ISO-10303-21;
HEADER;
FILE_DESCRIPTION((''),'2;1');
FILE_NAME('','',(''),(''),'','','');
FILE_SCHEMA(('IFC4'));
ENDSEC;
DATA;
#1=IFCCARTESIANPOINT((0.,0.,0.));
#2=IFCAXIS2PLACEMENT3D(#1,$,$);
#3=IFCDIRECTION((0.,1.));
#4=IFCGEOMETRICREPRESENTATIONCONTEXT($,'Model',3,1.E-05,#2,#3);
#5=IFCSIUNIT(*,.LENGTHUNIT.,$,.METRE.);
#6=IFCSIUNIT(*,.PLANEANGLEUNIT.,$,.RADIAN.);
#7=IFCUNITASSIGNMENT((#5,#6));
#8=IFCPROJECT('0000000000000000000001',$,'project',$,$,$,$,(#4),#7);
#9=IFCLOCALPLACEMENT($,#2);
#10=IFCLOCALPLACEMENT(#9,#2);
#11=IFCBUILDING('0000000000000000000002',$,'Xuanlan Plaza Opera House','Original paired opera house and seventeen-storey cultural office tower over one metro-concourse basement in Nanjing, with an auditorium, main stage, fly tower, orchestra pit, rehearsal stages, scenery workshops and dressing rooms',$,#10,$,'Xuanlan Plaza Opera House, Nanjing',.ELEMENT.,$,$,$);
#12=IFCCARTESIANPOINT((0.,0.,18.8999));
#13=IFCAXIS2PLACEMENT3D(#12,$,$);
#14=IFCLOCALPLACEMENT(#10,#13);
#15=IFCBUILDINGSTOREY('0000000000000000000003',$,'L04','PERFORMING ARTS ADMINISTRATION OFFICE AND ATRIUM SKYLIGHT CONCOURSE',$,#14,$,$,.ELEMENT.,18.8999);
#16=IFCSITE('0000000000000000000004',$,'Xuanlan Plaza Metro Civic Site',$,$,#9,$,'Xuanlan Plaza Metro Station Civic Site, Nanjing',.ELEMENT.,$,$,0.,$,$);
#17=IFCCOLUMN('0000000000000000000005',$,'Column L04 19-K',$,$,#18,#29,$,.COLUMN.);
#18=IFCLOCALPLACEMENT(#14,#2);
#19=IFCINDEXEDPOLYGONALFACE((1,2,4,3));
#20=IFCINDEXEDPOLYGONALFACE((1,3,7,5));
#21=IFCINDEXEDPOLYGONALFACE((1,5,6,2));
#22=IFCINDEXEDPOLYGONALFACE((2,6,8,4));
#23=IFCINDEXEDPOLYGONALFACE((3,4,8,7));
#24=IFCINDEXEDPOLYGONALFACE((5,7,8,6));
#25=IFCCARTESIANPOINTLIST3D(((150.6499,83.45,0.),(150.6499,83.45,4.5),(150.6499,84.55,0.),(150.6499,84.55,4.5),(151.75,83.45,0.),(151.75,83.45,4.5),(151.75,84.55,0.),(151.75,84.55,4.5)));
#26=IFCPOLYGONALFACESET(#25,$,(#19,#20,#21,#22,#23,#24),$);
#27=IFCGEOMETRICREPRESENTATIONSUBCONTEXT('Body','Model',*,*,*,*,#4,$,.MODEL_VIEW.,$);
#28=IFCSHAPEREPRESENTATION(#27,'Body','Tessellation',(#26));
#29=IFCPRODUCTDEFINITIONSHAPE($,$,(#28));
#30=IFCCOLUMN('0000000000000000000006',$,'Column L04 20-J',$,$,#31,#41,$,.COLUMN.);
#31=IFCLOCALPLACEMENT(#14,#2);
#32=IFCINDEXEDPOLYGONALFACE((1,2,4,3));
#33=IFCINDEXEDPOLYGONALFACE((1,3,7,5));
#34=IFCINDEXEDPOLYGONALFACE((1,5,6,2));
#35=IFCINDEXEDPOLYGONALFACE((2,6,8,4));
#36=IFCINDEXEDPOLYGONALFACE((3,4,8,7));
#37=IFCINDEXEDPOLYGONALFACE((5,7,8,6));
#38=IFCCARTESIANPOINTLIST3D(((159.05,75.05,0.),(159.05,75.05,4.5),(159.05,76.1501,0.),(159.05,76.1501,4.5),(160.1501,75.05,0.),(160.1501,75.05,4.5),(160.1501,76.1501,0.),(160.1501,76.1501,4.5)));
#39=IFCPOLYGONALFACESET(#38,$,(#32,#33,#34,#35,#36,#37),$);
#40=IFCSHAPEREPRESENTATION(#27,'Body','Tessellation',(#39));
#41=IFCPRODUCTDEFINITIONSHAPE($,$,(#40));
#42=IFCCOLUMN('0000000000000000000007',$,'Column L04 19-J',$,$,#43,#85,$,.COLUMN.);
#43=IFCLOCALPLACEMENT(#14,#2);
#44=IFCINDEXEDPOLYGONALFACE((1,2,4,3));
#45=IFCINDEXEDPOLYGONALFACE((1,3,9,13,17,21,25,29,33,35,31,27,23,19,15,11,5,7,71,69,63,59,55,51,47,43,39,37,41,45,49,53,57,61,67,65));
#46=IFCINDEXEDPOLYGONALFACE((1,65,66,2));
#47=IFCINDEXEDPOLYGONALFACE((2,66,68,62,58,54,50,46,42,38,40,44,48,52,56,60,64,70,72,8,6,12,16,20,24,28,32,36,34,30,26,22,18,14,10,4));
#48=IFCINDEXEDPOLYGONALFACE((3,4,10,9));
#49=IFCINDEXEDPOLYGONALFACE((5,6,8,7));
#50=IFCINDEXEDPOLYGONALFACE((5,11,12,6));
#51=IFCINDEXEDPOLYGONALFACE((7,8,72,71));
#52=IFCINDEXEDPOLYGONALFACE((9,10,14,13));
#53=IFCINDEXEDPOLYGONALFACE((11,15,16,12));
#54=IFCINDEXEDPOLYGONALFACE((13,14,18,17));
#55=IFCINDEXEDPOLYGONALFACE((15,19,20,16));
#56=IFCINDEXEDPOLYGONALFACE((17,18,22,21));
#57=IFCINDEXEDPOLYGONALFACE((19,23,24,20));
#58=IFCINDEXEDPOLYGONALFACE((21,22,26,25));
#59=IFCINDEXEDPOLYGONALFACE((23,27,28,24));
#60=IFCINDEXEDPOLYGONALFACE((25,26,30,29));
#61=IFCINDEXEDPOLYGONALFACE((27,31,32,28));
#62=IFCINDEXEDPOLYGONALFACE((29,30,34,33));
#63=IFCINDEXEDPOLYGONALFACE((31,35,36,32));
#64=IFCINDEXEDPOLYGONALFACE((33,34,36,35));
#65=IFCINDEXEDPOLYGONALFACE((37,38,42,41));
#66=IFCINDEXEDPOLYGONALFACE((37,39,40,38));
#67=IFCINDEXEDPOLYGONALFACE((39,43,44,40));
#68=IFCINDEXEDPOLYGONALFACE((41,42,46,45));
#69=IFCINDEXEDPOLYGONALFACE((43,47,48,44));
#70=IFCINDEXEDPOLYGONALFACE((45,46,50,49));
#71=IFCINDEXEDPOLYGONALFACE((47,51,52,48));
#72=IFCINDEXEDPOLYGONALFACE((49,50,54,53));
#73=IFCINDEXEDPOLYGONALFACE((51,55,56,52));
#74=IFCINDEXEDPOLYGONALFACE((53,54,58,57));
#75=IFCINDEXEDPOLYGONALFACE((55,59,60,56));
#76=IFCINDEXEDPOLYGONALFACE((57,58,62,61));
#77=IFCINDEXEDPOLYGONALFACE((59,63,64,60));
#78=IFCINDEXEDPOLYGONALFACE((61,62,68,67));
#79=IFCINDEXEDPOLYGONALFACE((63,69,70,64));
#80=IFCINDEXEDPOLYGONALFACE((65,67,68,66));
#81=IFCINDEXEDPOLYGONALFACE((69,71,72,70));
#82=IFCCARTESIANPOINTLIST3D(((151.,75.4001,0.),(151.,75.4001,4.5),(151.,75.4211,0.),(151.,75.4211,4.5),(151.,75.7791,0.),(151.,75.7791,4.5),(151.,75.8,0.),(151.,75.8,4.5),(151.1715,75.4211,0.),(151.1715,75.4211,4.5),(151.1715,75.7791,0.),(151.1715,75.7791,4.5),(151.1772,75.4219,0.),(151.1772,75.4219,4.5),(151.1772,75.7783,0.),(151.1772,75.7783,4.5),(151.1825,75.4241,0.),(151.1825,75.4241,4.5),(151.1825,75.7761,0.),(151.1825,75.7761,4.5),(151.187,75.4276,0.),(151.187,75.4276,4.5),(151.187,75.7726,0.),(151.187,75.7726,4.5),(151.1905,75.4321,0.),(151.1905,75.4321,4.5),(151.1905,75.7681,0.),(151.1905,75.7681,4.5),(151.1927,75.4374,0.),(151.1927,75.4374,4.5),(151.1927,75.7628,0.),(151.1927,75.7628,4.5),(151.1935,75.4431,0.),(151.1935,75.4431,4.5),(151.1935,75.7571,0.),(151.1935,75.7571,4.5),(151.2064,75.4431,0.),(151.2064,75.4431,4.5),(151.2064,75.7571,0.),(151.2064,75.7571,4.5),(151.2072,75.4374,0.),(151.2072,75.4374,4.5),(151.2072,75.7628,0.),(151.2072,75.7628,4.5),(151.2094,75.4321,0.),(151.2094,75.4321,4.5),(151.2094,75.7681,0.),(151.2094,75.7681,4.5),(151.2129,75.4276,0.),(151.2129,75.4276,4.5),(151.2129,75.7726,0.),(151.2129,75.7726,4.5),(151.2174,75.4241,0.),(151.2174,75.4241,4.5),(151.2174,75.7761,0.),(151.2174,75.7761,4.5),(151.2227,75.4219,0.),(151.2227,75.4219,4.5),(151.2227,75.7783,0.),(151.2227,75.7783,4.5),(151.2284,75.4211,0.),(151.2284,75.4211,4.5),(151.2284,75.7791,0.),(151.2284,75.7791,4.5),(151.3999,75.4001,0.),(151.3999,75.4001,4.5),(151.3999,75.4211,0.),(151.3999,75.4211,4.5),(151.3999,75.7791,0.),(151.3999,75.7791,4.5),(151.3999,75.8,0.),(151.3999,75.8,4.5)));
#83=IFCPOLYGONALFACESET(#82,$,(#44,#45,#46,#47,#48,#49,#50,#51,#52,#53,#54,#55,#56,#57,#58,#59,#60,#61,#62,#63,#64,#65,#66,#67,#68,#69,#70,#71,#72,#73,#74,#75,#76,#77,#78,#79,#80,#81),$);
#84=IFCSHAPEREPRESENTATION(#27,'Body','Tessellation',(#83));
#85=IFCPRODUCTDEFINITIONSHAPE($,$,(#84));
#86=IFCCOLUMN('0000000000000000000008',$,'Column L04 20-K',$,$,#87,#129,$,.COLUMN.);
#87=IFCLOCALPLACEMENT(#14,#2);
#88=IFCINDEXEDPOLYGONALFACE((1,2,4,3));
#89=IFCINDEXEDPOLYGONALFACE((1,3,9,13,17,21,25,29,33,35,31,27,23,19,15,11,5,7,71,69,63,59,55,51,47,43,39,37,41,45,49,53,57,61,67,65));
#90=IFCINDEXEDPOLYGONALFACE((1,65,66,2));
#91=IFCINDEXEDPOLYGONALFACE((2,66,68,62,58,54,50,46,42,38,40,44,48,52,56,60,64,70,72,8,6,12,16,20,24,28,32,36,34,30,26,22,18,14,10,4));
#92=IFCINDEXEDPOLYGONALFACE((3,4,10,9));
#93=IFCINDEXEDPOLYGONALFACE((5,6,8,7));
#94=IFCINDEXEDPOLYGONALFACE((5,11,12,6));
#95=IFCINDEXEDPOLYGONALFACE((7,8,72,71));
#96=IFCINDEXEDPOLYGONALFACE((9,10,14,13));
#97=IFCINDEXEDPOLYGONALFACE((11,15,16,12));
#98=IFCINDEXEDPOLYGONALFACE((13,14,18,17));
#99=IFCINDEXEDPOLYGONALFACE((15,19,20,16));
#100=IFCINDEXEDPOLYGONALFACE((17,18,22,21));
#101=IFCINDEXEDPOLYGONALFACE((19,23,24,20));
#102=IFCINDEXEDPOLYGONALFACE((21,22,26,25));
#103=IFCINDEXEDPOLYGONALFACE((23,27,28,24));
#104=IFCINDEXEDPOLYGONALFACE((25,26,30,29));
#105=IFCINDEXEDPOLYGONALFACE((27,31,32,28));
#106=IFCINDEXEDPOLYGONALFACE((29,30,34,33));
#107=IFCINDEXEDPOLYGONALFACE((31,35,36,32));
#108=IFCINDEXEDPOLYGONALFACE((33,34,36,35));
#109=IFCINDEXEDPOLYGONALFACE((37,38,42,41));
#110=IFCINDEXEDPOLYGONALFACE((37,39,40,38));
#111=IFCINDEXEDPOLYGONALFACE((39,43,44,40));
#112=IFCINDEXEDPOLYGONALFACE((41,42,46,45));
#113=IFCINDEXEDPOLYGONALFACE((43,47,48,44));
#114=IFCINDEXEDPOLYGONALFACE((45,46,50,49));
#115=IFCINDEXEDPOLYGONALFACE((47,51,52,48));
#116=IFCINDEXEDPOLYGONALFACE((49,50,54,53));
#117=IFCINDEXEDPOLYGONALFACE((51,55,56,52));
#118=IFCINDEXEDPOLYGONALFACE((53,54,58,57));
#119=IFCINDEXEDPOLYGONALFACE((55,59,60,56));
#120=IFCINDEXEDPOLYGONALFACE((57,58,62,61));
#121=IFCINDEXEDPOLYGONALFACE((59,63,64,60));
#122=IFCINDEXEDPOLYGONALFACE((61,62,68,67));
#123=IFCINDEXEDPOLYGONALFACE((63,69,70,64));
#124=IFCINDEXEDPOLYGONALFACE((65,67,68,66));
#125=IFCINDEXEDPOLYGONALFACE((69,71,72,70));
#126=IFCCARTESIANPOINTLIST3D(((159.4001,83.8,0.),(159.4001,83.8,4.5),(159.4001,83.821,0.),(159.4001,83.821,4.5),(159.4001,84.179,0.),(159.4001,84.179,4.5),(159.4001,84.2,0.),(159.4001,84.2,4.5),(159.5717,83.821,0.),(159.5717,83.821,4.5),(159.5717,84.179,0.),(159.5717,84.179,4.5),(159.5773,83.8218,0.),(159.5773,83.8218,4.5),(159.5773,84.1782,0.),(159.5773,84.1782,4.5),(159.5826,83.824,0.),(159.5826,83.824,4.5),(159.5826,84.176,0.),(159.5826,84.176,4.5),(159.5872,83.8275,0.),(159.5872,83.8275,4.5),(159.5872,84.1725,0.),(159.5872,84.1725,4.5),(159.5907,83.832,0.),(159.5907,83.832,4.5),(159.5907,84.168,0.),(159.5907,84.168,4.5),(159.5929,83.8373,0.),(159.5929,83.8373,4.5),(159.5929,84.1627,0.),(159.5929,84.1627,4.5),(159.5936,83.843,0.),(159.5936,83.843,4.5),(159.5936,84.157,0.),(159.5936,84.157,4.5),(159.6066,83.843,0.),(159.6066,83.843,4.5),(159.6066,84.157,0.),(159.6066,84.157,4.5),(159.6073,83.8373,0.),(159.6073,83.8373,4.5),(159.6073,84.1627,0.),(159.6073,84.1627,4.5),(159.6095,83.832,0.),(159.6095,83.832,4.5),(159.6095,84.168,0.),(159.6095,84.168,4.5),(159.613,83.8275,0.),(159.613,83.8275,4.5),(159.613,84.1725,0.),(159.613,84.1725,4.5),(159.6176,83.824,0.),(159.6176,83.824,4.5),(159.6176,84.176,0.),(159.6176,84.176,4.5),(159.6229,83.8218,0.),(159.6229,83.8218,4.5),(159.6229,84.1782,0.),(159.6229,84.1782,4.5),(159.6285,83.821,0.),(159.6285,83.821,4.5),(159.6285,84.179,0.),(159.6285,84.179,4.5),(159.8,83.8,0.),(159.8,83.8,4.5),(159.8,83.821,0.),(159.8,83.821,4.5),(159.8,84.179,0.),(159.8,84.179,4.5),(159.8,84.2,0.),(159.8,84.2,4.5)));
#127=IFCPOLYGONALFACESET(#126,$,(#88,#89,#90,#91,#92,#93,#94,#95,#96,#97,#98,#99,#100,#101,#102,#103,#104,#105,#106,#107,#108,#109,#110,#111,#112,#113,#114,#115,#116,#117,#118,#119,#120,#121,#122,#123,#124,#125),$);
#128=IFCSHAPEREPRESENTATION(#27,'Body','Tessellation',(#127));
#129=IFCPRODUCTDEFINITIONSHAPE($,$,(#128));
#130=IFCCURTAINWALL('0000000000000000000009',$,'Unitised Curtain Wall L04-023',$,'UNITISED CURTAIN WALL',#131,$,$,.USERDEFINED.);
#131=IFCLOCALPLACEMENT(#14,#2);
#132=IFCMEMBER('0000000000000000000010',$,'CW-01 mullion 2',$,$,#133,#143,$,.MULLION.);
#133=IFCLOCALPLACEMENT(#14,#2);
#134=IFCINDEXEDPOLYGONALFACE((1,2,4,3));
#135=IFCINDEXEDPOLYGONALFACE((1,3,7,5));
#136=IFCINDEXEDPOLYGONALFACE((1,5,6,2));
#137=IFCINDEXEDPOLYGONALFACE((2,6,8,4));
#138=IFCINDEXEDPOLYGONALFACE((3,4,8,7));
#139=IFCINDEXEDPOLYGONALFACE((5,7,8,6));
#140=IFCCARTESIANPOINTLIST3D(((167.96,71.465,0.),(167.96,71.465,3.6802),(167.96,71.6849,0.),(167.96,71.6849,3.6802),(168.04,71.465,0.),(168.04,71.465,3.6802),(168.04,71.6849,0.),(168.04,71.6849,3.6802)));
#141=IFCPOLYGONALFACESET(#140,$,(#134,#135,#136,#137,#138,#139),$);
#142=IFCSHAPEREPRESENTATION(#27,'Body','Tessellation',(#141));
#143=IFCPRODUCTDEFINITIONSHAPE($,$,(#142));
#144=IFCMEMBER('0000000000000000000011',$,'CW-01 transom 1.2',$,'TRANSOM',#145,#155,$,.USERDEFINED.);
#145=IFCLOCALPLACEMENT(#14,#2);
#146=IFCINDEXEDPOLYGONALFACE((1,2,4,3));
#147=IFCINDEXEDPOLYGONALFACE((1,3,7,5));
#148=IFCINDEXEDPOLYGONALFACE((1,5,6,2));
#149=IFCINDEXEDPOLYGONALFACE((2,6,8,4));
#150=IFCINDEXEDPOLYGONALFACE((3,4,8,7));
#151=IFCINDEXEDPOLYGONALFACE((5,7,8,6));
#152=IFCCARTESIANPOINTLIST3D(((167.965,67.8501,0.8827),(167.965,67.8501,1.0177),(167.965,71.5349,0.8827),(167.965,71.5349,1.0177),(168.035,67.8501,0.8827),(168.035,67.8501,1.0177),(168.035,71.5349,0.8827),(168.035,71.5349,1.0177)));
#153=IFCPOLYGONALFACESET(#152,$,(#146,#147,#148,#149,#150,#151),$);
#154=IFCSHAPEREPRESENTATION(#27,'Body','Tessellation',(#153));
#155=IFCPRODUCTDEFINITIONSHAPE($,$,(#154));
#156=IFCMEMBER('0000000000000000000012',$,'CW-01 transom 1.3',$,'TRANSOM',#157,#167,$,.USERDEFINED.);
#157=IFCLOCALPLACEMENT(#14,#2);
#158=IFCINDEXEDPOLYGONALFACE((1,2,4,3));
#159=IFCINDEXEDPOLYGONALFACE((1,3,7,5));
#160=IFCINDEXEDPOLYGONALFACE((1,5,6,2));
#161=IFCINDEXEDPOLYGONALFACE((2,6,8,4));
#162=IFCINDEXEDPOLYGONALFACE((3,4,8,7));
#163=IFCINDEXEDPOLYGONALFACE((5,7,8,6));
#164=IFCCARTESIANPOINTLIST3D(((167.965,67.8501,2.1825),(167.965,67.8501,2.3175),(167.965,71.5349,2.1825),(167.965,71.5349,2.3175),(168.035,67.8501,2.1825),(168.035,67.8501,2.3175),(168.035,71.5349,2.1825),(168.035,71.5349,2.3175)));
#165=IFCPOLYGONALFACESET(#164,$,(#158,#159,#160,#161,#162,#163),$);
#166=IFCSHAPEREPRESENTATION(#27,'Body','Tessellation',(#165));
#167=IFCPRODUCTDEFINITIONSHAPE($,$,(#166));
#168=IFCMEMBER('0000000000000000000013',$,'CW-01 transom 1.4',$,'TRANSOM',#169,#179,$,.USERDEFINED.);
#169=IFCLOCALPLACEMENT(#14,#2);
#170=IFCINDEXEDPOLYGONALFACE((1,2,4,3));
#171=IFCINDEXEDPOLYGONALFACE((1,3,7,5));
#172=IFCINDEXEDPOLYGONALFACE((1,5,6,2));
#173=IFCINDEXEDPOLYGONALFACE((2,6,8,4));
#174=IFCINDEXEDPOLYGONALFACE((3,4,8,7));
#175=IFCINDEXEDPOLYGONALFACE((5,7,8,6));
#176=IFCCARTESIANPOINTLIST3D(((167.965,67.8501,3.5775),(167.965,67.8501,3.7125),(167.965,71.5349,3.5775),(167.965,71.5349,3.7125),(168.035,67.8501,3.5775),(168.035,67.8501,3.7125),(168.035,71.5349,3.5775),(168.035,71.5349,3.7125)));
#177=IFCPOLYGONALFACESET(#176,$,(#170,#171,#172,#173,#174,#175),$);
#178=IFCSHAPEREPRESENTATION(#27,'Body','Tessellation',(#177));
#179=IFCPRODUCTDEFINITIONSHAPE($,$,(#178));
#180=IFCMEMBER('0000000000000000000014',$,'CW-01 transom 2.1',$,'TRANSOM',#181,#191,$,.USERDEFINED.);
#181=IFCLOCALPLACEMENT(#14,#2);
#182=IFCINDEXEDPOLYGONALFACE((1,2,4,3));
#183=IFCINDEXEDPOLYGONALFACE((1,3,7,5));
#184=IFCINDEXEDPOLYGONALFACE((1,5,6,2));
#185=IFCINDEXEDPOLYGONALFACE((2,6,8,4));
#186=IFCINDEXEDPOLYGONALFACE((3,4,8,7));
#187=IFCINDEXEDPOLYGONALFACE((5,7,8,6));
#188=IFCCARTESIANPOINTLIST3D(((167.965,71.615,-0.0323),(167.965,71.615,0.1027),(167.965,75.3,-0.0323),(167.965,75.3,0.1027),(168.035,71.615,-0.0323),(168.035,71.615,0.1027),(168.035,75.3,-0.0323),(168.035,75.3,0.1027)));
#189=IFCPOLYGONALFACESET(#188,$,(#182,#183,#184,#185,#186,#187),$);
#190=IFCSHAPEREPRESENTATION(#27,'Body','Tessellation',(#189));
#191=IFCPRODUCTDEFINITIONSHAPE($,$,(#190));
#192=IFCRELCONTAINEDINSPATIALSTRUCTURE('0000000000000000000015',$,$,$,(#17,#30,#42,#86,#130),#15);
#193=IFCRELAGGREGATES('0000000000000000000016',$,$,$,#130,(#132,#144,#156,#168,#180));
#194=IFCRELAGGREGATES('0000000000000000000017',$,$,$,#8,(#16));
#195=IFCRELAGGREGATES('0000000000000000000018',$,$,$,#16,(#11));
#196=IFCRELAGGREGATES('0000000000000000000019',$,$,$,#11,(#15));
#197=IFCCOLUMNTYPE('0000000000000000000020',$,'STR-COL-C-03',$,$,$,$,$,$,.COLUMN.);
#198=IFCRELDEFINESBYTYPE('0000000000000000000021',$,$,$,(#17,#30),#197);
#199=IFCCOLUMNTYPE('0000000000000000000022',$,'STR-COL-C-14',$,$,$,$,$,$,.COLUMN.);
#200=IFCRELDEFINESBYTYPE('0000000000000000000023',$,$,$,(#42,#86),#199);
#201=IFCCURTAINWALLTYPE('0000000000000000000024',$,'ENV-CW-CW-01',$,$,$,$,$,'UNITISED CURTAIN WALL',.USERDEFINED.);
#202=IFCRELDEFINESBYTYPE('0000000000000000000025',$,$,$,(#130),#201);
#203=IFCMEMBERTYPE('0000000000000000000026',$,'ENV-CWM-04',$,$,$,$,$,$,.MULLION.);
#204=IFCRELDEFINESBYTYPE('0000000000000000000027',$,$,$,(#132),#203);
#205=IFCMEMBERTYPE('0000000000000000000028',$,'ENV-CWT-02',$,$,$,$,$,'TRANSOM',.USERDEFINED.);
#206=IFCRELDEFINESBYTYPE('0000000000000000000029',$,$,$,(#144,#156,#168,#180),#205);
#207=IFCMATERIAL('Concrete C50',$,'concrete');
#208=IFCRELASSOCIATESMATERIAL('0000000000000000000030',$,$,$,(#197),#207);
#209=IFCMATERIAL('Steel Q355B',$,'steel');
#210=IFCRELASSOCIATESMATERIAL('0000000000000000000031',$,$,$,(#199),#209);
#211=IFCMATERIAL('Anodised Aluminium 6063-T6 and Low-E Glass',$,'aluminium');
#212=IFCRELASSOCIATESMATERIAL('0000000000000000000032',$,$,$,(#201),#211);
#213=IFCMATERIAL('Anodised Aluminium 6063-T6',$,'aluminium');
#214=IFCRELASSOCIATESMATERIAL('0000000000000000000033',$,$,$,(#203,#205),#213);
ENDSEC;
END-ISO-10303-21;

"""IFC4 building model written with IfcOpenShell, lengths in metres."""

from ifc_helpers import new_model, si_unit, direction, frame, origin, origin_2d, place, context, subcontext, project, spatial, rectangle, i_section, extrude, material, material_profile, profile_set, type_object, element, aggregate, save


model = new_model("IFC4")

# Units and contexts
model_context = context("Model", 3, precision=1e-05, world=origin(), true_north=direction((0.0, 1.0)))
body_context = subcontext(model_context, "Body", "Model", "MODEL_VIEW")
ifc_project = project(units=[si_unit("LENGTHUNIT", "METRE"), si_unit("PLANEANGLEUNIT", "RADIAN")], contexts=[model_context])

# Site, building, storey
site_placement = place(None, origin())
site = spatial("IfcSite", under=ifc_project, at=site_placement, Name="Xuanlan Plaza Metro Civic Site", LongName="Xuanlan Plaza Metro Station Civic Site, Nanjing", CompositionType="ELEMENT", RefElevation=0.0)
building_placement = place(site_placement, origin())
building = spatial("IfcBuilding", under=site, at=building_placement, Name="Xuanlan Plaza Opera House", Description="Original paired opera house and seventeen-storey cultural office tower over one metro-concourse basement in Nanjing, with an auditorium, main stage, fly tower, orchestra pit, rehearsal stages, scenery workshops and dressing rooms", LongName="Xuanlan Plaza Opera House, Nanjing", CompositionType="ELEMENT")
storey_placement = place(building_placement, frame((0.0, 0.0, 18.8999)))
storey = spatial("IfcBuildingStorey", under=building, at=storey_placement, Name="L04", Description="PERFORMING ARTS ADMINISTRATION OFFICE AND ATRIUM SKYLIGHT CONCOURSE", CompositionType="ELEMENT", Elevation=18.8999)

# Columns
ifc_material_1 = material(Name="Concrete C50", Category="concrete")
ifc_material_profile_1 = material_profile(ifc_material_1, rectangle(XDim=1.1001, YDim=1.1001, at=origin_2d()), Name="RC-COL 1100x1100")
ifc_profile_set_1 = profile_set([ifc_material_profile_1], Name="Concrete C50")
column_type_1 = type_object("IfcColumnType", Name="STR-COL-C-03", PredefinedType="COLUMN", material=ifc_profile_set_1)
for number, where, z_axis, x_axis, name in (
    (1, (151.2, 84.0, 0.0), (0.0, 0.0, 1.0), (1.0, 0.0, 0.0), "Column L04 19-K"),
    (2, (159.6001, 75.6001, 0.0), (0.0, 0.0, 1.0), (1.0, 0.0, 0.0), "Column L04 20-J"),
):
    element("IfcColumn", number, at=place(storey_placement, frame(where, z_axis=z_axis, x_axis=x_axis)), inside=storey, type_object=column_type_1, Name=name, PredefinedType="COLUMN", context=body_context, shape_type="SweptSolid", body=[
        extrude(rectangle(XDim=1.1001, YDim=1.1001, at=origin_2d()), origin(), (0.0, 0.0, 1.0), 4.5),
    ])
ifc_material_2 = material(Name="Steel Q355B", Category="steel")
ifc_material_profile_2 = material_profile(ifc_material_2, i_section(OverallWidth=0.3999, OverallDepth=0.3999, WebThickness=0.0129, FlangeThickness=0.021, FilletRadius=0.022, at=origin_2d()), Name="HW 400x400x13x21")
ifc_profile_set_2 = profile_set([ifc_material_profile_2], Name="Steel Q355B")
column_type_2 = type_object("IfcColumnType", Name="STR-COL-C-14", PredefinedType="COLUMN", material=ifc_profile_set_2)
for number, where, z_axis, x_axis, name in (
    (3, (151.2, 75.6001, 0.0), (0.0, 0.0, 1.0), (1.0, 0.0, 0.0), "Column L04 19-J"),
    (4, (159.6001, 84.0, 0.0), (0.0, 0.0, 1.0), (1.0, 0.0, 0.0), "Column L04 20-K"),
):
    element("IfcColumn", number, at=place(storey_placement, frame(where, z_axis=z_axis, x_axis=x_axis)), inside=storey, type_object=column_type_2, Name=name, PredefinedType="COLUMN", context=body_context, shape_type="SweptSolid", body=[
        extrude(i_section(OverallWidth=0.3999, OverallDepth=0.3999, WebThickness=0.0129, FlangeThickness=0.021, FilletRadius=0.022, at=origin_2d()), origin(), (0.0, 0.0, 1.0), 4.5),
    ])

# Curtain wall, members
ifc_material_3 = material(Name="Anodised Aluminium 6063-T6 and Low-E Glass", Category="aluminium")
curtain_wall_type = type_object("IfcCurtainWallType", Name="ENV-CW-CW-01", ElementType="UNITISED CURTAIN WALL", PredefinedType="USERDEFINED", material=ifc_material_3)
curtain_wall_placement = place(storey_placement, origin())
curtain_wall = element("IfcCurtainWall", 5, at=curtain_wall_placement, inside=storey, type_object=curtain_wall_type, Name="Unitised Curtain Wall L04-023", ObjectType="UNITISED CURTAIN WALL", PredefinedType="USERDEFINED")
ifc_material_4 = material(Name="Anodised Aluminium 6063-T6", Category="aluminium")
ifc_material_profile_3 = material_profile(ifc_material_4, rectangle(XDim=0.0801, YDim=0.22, at=origin_2d()), Name="ALU-M 80x220")
ifc_profile_set_3 = profile_set([ifc_material_profile_3], Name="Anodised Aluminium 6063-T6")
member_type_1 = type_object("IfcMemberType", Name="ENV-CWM-04", PredefinedType="MULLION", material=ifc_profile_set_3)
member_1_placement = place(storey_placement, frame((168.0, 71.575, 0.0), z_axis=(0.0, 0.0, 1.0), x_axis=(-1.0, 0.0, 0.0)))
member_1 = element("IfcMember", 6, at=member_1_placement, type_object=member_type_1, Name="CW-01 mullion 2", PredefinedType="MULLION", context=body_context, shape_type="SweptSolid", body=[
    extrude(rectangle(XDim=0.0801, YDim=0.22, at=origin_2d()), origin(), (0.0, 0.0, 1.0), 3.6802),
])
ifc_material_profile_4 = material_profile(ifc_material_4, rectangle(XDim=0.0701, YDim=0.135, at=origin_2d()), Name="ALU-T 70x135")
ifc_profile_set_4 = profile_set([ifc_material_profile_4], Name="Anodised Aluminium 6063-T6")
member_type_2 = type_object("IfcMemberType", Name="ENV-CWT-02", ElementType="TRANSOM", PredefinedType="USERDEFINED", material=ifc_profile_set_4)
member_2_placement = place(storey_placement, frame((168.0, 67.8501, 0.9502), z_axis=(0.0, 1.0, 0.0), x_axis=(-1.0, 0.0, 0.0)))
member_2 = element("IfcMember", 7, at=member_2_placement, type_object=member_type_2, Name="CW-01 transom 1.2", ObjectType="TRANSOM", PredefinedType="USERDEFINED", context=body_context, shape_type="SweptSolid", body=[
    extrude(rectangle(XDim=0.0701, YDim=0.135, at=origin_2d()), origin(), (0.0, 0.0, 1.0), 3.6848),
])
member_3_placement = place(storey_placement, frame((168.0, 67.8501, 2.25), z_axis=(0.0, 1.0, 0.0), x_axis=(-1.0, 0.0, 0.0)))
member_3 = element("IfcMember", 8, at=member_3_placement, type_object=member_type_2, Name="CW-01 transom 1.3", ObjectType="TRANSOM", PredefinedType="USERDEFINED", context=body_context, shape_type="SweptSolid", body=[
    extrude(rectangle(XDim=0.0701, YDim=0.135, at=origin_2d()), origin(), (0.0, 0.0, 1.0), 3.6848),
])
member_4_placement = place(storey_placement, frame((168.0, 67.8501, 3.645), z_axis=(0.0, 1.0, 0.0), x_axis=(-1.0, 0.0, 0.0)))
member_4 = element("IfcMember", 9, at=member_4_placement, type_object=member_type_2, Name="CW-01 transom 1.4", ObjectType="TRANSOM", PredefinedType="USERDEFINED", context=body_context, shape_type="SweptSolid", body=[
    extrude(rectangle(XDim=0.0701, YDim=0.135, at=origin_2d()), origin(), (0.0, 0.0, 1.0), 3.6848),
])
member_5_placement = place(storey_placement, frame((168.0, 71.615, 0.0352), z_axis=(0.0, 1.0, 0.0), x_axis=(-1.0, 0.0, 0.0)))
member_5 = element("IfcMember", 10, at=member_5_placement, type_object=member_type_2, Name="CW-01 transom 2.1", ObjectType="TRANSOM", PredefinedType="USERDEFINED", context=body_context, shape_type="SweptSolid", body=[
    extrude(rectangle(XDim=0.0701, YDim=0.135, at=origin_2d()), origin(), (0.0, 0.0, 1.0), 3.6851),
])

aggregate(curtain_wall, [member_1, member_2, member_3, member_4, member_5])

save(model, "model.ifc")
